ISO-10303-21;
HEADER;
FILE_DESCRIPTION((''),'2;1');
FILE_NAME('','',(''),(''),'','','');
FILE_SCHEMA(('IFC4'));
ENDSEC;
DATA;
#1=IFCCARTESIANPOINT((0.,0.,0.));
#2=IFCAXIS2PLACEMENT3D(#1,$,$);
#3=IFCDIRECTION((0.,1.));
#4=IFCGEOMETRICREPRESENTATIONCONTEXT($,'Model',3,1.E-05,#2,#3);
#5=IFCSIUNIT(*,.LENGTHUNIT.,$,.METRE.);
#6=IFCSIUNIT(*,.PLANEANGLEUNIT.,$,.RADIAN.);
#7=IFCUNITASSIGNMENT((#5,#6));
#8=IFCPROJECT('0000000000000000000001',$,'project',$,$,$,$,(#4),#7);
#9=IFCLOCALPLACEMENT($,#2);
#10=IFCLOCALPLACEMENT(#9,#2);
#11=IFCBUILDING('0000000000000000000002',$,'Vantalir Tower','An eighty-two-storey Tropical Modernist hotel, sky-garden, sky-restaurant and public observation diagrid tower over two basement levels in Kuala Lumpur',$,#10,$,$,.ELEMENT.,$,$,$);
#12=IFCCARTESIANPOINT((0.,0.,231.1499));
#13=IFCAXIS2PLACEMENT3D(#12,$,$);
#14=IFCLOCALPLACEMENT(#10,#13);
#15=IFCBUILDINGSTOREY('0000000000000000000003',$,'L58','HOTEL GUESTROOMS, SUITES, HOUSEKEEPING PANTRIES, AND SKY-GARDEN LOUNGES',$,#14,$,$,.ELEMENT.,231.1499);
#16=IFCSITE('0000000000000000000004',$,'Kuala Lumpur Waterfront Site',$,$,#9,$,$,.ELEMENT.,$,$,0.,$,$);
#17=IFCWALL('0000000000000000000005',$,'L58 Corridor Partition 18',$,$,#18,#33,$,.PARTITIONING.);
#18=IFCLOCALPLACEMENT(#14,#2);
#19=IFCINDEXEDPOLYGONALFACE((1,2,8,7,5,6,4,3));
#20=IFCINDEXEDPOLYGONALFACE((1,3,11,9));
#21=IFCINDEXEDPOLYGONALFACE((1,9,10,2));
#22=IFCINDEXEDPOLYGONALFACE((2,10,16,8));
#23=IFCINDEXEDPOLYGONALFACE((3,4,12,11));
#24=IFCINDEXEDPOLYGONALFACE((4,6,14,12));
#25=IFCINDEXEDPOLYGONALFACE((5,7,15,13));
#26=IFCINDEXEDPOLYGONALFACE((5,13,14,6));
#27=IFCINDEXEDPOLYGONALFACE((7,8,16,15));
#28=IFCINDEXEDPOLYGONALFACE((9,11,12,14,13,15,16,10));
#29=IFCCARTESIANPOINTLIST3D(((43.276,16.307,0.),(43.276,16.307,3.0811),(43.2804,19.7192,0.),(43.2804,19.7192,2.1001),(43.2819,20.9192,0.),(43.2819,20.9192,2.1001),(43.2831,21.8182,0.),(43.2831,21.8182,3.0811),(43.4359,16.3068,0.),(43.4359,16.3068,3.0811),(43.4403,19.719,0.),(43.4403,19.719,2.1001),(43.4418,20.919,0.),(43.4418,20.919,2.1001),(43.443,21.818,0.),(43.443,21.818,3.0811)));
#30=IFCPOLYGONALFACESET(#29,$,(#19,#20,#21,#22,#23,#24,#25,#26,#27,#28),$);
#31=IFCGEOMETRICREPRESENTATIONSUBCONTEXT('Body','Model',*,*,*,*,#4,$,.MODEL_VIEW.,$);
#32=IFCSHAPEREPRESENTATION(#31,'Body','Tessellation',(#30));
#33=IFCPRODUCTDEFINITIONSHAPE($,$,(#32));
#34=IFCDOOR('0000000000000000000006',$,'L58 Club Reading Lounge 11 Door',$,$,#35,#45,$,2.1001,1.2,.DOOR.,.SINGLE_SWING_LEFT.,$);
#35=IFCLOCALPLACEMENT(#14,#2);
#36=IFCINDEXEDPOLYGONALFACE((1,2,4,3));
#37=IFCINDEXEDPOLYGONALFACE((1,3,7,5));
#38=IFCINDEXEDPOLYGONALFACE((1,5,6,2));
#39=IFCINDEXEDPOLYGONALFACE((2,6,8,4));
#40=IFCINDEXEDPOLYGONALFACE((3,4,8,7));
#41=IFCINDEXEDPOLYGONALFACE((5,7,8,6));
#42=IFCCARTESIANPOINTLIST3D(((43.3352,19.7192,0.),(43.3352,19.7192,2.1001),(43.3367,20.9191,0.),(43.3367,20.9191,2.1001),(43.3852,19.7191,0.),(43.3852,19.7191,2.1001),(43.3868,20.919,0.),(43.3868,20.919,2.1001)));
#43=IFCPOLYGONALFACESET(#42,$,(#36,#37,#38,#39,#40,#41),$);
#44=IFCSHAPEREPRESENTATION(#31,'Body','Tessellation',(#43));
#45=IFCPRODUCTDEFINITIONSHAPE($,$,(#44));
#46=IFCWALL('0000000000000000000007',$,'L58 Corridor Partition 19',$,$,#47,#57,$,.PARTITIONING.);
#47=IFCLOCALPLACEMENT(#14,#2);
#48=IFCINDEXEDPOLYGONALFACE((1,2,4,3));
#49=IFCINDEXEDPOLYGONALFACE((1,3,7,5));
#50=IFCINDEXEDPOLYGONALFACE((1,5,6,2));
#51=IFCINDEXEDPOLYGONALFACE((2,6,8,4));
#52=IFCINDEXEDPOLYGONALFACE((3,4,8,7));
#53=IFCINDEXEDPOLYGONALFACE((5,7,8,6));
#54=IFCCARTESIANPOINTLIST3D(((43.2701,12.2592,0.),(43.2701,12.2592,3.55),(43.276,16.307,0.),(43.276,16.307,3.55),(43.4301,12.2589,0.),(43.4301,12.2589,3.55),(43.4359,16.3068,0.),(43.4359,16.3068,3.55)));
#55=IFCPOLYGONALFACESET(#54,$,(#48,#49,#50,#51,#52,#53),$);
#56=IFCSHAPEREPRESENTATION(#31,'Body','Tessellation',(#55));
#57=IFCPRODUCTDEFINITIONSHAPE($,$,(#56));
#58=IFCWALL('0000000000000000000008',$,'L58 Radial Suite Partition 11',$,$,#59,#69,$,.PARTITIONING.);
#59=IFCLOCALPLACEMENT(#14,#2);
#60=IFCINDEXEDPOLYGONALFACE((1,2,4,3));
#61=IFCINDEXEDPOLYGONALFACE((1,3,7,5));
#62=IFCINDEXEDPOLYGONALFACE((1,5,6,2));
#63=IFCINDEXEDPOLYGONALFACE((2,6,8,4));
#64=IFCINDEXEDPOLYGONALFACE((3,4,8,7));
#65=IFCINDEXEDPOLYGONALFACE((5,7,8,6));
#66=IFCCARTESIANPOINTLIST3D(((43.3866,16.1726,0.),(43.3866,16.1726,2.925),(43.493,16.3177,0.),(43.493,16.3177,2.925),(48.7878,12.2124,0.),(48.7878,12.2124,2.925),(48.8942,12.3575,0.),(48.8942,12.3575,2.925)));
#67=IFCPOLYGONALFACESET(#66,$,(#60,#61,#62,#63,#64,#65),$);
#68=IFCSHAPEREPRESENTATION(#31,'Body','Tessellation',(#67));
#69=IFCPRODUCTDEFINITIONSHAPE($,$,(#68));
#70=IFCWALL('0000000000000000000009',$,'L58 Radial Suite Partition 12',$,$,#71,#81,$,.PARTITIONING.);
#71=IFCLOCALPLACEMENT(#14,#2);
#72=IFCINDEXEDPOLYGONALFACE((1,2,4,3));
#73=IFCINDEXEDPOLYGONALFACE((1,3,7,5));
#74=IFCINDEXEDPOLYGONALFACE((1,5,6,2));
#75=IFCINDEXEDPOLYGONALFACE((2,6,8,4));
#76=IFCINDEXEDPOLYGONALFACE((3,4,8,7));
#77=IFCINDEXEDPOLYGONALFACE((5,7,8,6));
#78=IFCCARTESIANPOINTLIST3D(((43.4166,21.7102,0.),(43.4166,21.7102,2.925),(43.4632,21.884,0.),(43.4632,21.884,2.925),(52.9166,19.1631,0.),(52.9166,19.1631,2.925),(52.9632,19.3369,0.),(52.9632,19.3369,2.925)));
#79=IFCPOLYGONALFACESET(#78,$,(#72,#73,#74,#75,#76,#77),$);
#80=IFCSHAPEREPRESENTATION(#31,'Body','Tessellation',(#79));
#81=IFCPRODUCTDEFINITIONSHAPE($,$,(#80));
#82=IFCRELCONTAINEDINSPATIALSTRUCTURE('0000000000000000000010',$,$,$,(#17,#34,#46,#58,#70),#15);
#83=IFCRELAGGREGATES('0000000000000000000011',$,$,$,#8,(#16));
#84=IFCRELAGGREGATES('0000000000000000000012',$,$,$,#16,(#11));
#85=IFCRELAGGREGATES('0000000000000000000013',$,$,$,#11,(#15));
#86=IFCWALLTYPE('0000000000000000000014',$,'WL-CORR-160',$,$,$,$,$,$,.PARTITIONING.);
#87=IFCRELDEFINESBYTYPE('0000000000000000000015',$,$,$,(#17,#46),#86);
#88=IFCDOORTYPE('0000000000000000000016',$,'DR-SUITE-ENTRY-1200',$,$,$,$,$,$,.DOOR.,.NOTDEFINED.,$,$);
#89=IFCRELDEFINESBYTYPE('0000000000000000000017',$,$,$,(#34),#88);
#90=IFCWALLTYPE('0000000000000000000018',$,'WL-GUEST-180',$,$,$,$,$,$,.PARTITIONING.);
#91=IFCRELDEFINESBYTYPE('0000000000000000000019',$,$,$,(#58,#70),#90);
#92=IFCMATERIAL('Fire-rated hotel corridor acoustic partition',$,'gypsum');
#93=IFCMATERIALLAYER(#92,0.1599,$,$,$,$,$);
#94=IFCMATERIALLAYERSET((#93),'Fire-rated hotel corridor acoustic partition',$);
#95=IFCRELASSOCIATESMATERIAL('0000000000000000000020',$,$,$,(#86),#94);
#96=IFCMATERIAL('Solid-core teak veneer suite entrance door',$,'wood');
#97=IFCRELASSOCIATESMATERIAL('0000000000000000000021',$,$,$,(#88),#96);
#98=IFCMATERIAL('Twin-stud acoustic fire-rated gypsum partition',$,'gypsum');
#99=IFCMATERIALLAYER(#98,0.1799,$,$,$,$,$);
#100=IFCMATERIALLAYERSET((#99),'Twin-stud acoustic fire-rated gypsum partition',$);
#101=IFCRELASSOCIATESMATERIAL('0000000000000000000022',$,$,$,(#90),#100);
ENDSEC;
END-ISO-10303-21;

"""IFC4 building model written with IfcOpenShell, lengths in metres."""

from ifc_helpers import new_model, si_unit, direction, frame, frame_2d, origin, place, context, subcontext, project, spatial, rectangle, extrude, material, layer, layer_set, type_object, element, fill, save


model = new_model("IFC4")

# Units and contexts
model_context = context("Model", 3, precision=1e-05, world=origin(), true_north=direction((0.0, 1.0)))
body_context = subcontext(model_context, "Body", "Model", "MODEL_VIEW")
ifc_project = project(units=[si_unit("LENGTHUNIT", "METRE"), si_unit("PLANEANGLEUNIT", "RADIAN")], contexts=[model_context])

# Site, building, storey
site_placement = place(None, origin())
site = spatial("IfcSite", under=ifc_project, at=site_placement, Name="Kuala Lumpur Waterfront Site", CompositionType="ELEMENT", RefElevation=0.0)
building_placement = place(site_placement, origin())
building = spatial("IfcBuilding", under=site, at=building_placement, Name="Vantalir Tower", Description="An eighty-two-storey Tropical Modernist hotel, sky-garden, sky-restaurant and public observation diagrid tower over two basement levels in Kuala Lumpur", CompositionType="ELEMENT")
storey_placement = place(building_placement, frame((0.0, 0.0, 231.1499)))
storey = spatial("IfcBuildingStorey", under=building, at=storey_placement, Name="L58", Description="HOTEL GUESTROOMS, SUITES, HOUSEKEEPING PANTRIES, AND SKY-GARDEN LOUNGES", CompositionType="ELEMENT", Elevation=231.1499)

# Shared definitions
ifc_material_1 = material(Name="Fire-rated hotel corridor acoustic partition", Category="gypsum")
ifc_layer_1 = layer(ifc_material_1, 0.1599)
ifc_layer_set_1 = layer_set([ifc_layer_1], Name="Fire-rated hotel corridor acoustic partition")
wall_type_1 = type_object("IfcWallType", Name="WL-CORR-160", PredefinedType="PARTITIONING", material=ifc_layer_set_1)
ifc_material_2 = material(Name="Solid-core teak veneer suite entrance door", Category="wood")
door_type_1 = type_object("IfcDoorType", Name="DR-SUITE-ENTRY-1200", OperationType="NOTDEFINED", PredefinedType="DOOR", material=ifc_material_2)

# Wall, opening, door
wall_1_placement = place(storey_placement, frame((43.363, 21.8181, 0.0), z_axis=(0.0, 0.0, 1.0), x_axis=(-0.001285, -0.999999, 0.0)))
wall_1 = element("IfcWall", 1, at=wall_1_placement, inside=storey, type_object=wall_type_1, Name="L58 Corridor Partition 18", PredefinedType="PARTITIONING", context=body_context, shape_type="SweptSolid", body=[
    extrude(rectangle(XDim=5.5112, YDim=0.1599, at=frame_2d((2.7556, 0.0))), origin(), (0.0, 0.0, 1.0), 3.0811),
])
opening_1_placement = place(wall_1_placement, frame((0.8989, 0.0, 0.0)))
opening_1 = element("IfcOpeningElement", 2, at=opening_1_placement, cuts=wall_1, PredefinedType="OPENING", context=body_context, shape_type="SweptSolid", body=[
    extrude(rectangle(XDim=1.2, YDim=2.1001, at=frame_2d((0.6001, 1.05))), frame((0.0, 0.0898, 0.0), z_axis=(0.0, -1.0, 0.0), x_axis=(1.0, 0.0, 0.0)), (0.0, 0.0, 1.0), 0.1799),
])
door_1_placement = place(opening_1_placement, origin())
door_1 = element("IfcDoor", 3, at=door_1_placement, inside=storey, type_object=door_type_1, Name="L58 Club Reading Lounge 11 Door", OperationType="SINGLE_SWING_LEFT", OverallHeight=2.1001, OverallWidth=1.2, PredefinedType="DOOR", context=body_context, shape_type="SweptSolid", body=[
    extrude(rectangle(XDim=1.2, YDim=2.1001, at=frame_2d((0.6001, 1.05))), frame((0.0, 0.0249, 0.0), z_axis=(0.0, -1.0, 0.0), x_axis=(1.0, 0.0, 0.0)), (0.0, 0.0, 1.0), 0.05),
])
fill(opening_1, door_1)

# Walls
wall_2_placement = place(storey_placement, frame((43.356, 16.3069, 0.0), z_axis=(0.0, 0.0, 1.0), x_axis=(-0.001448, -0.999999, 0.0)))
element("IfcWall", 4, at=wall_2_placement, inside=storey, type_object=wall_type_1, Name="L58 Corridor Partition 19", PredefinedType="PARTITIONING", context=body_context, shape_type="SweptSolid", body=[
    extrude(rectangle(XDim=4.0479, YDim=0.1599, at=frame_2d((2.0239, 0.0))), origin(), (0.0, 0.0, 1.0), 3.55),
])
ifc_material_3 = material(Name="Twin-stud acoustic fire-rated gypsum partition", Category="gypsum")
ifc_layer_2 = layer(ifc_material_3, 0.1799)
ifc_layer_set_2 = layer_set([ifc_layer_2], Name="Twin-stud acoustic fire-rated gypsum partition")
wall_type_2 = type_object("IfcWallType", Name="WL-GUEST-180", PredefinedType="PARTITIONING", material=ifc_layer_set_2)
wall_3_placement = place(storey_placement, frame((43.4399, 16.2451, 0.0), z_axis=(0.0, 0.0, 1.0), x_axis=(0.806449, -0.591304, 0.0)))
element("IfcWall", 5, at=wall_3_placement, inside=storey, type_object=wall_type_2, Name="L58 Radial Suite Partition 11", PredefinedType="PARTITIONING", context=body_context, shape_type="SweptSolid", body=[
    extrude(rectangle(XDim=6.6975, YDim=0.1799, at=frame_2d((3.3486, 0.0))), origin(), (0.0, 0.0, 1.0), 2.925),
])
wall_4_placement = place(storey_placement, frame((43.4399, 21.7971, 0.0), z_axis=(0.0, 0.0, 1.0), x_axis=(0.965885, -0.258971, 0.0)))
element("IfcWall", 6, at=wall_4_placement, inside=storey, type_object=wall_type_2, Name="L58 Radial Suite Partition 12", PredefinedType="PARTITIONING", context=body_context, shape_type="SweptSolid", body=[
    extrude(rectangle(XDim=9.8354, YDim=0.1799, at=frame_2d((4.9177, 0.0))), origin(), (0.0, 0.0, 1.0), 2.925),
])

save(model, "model.ifc")
